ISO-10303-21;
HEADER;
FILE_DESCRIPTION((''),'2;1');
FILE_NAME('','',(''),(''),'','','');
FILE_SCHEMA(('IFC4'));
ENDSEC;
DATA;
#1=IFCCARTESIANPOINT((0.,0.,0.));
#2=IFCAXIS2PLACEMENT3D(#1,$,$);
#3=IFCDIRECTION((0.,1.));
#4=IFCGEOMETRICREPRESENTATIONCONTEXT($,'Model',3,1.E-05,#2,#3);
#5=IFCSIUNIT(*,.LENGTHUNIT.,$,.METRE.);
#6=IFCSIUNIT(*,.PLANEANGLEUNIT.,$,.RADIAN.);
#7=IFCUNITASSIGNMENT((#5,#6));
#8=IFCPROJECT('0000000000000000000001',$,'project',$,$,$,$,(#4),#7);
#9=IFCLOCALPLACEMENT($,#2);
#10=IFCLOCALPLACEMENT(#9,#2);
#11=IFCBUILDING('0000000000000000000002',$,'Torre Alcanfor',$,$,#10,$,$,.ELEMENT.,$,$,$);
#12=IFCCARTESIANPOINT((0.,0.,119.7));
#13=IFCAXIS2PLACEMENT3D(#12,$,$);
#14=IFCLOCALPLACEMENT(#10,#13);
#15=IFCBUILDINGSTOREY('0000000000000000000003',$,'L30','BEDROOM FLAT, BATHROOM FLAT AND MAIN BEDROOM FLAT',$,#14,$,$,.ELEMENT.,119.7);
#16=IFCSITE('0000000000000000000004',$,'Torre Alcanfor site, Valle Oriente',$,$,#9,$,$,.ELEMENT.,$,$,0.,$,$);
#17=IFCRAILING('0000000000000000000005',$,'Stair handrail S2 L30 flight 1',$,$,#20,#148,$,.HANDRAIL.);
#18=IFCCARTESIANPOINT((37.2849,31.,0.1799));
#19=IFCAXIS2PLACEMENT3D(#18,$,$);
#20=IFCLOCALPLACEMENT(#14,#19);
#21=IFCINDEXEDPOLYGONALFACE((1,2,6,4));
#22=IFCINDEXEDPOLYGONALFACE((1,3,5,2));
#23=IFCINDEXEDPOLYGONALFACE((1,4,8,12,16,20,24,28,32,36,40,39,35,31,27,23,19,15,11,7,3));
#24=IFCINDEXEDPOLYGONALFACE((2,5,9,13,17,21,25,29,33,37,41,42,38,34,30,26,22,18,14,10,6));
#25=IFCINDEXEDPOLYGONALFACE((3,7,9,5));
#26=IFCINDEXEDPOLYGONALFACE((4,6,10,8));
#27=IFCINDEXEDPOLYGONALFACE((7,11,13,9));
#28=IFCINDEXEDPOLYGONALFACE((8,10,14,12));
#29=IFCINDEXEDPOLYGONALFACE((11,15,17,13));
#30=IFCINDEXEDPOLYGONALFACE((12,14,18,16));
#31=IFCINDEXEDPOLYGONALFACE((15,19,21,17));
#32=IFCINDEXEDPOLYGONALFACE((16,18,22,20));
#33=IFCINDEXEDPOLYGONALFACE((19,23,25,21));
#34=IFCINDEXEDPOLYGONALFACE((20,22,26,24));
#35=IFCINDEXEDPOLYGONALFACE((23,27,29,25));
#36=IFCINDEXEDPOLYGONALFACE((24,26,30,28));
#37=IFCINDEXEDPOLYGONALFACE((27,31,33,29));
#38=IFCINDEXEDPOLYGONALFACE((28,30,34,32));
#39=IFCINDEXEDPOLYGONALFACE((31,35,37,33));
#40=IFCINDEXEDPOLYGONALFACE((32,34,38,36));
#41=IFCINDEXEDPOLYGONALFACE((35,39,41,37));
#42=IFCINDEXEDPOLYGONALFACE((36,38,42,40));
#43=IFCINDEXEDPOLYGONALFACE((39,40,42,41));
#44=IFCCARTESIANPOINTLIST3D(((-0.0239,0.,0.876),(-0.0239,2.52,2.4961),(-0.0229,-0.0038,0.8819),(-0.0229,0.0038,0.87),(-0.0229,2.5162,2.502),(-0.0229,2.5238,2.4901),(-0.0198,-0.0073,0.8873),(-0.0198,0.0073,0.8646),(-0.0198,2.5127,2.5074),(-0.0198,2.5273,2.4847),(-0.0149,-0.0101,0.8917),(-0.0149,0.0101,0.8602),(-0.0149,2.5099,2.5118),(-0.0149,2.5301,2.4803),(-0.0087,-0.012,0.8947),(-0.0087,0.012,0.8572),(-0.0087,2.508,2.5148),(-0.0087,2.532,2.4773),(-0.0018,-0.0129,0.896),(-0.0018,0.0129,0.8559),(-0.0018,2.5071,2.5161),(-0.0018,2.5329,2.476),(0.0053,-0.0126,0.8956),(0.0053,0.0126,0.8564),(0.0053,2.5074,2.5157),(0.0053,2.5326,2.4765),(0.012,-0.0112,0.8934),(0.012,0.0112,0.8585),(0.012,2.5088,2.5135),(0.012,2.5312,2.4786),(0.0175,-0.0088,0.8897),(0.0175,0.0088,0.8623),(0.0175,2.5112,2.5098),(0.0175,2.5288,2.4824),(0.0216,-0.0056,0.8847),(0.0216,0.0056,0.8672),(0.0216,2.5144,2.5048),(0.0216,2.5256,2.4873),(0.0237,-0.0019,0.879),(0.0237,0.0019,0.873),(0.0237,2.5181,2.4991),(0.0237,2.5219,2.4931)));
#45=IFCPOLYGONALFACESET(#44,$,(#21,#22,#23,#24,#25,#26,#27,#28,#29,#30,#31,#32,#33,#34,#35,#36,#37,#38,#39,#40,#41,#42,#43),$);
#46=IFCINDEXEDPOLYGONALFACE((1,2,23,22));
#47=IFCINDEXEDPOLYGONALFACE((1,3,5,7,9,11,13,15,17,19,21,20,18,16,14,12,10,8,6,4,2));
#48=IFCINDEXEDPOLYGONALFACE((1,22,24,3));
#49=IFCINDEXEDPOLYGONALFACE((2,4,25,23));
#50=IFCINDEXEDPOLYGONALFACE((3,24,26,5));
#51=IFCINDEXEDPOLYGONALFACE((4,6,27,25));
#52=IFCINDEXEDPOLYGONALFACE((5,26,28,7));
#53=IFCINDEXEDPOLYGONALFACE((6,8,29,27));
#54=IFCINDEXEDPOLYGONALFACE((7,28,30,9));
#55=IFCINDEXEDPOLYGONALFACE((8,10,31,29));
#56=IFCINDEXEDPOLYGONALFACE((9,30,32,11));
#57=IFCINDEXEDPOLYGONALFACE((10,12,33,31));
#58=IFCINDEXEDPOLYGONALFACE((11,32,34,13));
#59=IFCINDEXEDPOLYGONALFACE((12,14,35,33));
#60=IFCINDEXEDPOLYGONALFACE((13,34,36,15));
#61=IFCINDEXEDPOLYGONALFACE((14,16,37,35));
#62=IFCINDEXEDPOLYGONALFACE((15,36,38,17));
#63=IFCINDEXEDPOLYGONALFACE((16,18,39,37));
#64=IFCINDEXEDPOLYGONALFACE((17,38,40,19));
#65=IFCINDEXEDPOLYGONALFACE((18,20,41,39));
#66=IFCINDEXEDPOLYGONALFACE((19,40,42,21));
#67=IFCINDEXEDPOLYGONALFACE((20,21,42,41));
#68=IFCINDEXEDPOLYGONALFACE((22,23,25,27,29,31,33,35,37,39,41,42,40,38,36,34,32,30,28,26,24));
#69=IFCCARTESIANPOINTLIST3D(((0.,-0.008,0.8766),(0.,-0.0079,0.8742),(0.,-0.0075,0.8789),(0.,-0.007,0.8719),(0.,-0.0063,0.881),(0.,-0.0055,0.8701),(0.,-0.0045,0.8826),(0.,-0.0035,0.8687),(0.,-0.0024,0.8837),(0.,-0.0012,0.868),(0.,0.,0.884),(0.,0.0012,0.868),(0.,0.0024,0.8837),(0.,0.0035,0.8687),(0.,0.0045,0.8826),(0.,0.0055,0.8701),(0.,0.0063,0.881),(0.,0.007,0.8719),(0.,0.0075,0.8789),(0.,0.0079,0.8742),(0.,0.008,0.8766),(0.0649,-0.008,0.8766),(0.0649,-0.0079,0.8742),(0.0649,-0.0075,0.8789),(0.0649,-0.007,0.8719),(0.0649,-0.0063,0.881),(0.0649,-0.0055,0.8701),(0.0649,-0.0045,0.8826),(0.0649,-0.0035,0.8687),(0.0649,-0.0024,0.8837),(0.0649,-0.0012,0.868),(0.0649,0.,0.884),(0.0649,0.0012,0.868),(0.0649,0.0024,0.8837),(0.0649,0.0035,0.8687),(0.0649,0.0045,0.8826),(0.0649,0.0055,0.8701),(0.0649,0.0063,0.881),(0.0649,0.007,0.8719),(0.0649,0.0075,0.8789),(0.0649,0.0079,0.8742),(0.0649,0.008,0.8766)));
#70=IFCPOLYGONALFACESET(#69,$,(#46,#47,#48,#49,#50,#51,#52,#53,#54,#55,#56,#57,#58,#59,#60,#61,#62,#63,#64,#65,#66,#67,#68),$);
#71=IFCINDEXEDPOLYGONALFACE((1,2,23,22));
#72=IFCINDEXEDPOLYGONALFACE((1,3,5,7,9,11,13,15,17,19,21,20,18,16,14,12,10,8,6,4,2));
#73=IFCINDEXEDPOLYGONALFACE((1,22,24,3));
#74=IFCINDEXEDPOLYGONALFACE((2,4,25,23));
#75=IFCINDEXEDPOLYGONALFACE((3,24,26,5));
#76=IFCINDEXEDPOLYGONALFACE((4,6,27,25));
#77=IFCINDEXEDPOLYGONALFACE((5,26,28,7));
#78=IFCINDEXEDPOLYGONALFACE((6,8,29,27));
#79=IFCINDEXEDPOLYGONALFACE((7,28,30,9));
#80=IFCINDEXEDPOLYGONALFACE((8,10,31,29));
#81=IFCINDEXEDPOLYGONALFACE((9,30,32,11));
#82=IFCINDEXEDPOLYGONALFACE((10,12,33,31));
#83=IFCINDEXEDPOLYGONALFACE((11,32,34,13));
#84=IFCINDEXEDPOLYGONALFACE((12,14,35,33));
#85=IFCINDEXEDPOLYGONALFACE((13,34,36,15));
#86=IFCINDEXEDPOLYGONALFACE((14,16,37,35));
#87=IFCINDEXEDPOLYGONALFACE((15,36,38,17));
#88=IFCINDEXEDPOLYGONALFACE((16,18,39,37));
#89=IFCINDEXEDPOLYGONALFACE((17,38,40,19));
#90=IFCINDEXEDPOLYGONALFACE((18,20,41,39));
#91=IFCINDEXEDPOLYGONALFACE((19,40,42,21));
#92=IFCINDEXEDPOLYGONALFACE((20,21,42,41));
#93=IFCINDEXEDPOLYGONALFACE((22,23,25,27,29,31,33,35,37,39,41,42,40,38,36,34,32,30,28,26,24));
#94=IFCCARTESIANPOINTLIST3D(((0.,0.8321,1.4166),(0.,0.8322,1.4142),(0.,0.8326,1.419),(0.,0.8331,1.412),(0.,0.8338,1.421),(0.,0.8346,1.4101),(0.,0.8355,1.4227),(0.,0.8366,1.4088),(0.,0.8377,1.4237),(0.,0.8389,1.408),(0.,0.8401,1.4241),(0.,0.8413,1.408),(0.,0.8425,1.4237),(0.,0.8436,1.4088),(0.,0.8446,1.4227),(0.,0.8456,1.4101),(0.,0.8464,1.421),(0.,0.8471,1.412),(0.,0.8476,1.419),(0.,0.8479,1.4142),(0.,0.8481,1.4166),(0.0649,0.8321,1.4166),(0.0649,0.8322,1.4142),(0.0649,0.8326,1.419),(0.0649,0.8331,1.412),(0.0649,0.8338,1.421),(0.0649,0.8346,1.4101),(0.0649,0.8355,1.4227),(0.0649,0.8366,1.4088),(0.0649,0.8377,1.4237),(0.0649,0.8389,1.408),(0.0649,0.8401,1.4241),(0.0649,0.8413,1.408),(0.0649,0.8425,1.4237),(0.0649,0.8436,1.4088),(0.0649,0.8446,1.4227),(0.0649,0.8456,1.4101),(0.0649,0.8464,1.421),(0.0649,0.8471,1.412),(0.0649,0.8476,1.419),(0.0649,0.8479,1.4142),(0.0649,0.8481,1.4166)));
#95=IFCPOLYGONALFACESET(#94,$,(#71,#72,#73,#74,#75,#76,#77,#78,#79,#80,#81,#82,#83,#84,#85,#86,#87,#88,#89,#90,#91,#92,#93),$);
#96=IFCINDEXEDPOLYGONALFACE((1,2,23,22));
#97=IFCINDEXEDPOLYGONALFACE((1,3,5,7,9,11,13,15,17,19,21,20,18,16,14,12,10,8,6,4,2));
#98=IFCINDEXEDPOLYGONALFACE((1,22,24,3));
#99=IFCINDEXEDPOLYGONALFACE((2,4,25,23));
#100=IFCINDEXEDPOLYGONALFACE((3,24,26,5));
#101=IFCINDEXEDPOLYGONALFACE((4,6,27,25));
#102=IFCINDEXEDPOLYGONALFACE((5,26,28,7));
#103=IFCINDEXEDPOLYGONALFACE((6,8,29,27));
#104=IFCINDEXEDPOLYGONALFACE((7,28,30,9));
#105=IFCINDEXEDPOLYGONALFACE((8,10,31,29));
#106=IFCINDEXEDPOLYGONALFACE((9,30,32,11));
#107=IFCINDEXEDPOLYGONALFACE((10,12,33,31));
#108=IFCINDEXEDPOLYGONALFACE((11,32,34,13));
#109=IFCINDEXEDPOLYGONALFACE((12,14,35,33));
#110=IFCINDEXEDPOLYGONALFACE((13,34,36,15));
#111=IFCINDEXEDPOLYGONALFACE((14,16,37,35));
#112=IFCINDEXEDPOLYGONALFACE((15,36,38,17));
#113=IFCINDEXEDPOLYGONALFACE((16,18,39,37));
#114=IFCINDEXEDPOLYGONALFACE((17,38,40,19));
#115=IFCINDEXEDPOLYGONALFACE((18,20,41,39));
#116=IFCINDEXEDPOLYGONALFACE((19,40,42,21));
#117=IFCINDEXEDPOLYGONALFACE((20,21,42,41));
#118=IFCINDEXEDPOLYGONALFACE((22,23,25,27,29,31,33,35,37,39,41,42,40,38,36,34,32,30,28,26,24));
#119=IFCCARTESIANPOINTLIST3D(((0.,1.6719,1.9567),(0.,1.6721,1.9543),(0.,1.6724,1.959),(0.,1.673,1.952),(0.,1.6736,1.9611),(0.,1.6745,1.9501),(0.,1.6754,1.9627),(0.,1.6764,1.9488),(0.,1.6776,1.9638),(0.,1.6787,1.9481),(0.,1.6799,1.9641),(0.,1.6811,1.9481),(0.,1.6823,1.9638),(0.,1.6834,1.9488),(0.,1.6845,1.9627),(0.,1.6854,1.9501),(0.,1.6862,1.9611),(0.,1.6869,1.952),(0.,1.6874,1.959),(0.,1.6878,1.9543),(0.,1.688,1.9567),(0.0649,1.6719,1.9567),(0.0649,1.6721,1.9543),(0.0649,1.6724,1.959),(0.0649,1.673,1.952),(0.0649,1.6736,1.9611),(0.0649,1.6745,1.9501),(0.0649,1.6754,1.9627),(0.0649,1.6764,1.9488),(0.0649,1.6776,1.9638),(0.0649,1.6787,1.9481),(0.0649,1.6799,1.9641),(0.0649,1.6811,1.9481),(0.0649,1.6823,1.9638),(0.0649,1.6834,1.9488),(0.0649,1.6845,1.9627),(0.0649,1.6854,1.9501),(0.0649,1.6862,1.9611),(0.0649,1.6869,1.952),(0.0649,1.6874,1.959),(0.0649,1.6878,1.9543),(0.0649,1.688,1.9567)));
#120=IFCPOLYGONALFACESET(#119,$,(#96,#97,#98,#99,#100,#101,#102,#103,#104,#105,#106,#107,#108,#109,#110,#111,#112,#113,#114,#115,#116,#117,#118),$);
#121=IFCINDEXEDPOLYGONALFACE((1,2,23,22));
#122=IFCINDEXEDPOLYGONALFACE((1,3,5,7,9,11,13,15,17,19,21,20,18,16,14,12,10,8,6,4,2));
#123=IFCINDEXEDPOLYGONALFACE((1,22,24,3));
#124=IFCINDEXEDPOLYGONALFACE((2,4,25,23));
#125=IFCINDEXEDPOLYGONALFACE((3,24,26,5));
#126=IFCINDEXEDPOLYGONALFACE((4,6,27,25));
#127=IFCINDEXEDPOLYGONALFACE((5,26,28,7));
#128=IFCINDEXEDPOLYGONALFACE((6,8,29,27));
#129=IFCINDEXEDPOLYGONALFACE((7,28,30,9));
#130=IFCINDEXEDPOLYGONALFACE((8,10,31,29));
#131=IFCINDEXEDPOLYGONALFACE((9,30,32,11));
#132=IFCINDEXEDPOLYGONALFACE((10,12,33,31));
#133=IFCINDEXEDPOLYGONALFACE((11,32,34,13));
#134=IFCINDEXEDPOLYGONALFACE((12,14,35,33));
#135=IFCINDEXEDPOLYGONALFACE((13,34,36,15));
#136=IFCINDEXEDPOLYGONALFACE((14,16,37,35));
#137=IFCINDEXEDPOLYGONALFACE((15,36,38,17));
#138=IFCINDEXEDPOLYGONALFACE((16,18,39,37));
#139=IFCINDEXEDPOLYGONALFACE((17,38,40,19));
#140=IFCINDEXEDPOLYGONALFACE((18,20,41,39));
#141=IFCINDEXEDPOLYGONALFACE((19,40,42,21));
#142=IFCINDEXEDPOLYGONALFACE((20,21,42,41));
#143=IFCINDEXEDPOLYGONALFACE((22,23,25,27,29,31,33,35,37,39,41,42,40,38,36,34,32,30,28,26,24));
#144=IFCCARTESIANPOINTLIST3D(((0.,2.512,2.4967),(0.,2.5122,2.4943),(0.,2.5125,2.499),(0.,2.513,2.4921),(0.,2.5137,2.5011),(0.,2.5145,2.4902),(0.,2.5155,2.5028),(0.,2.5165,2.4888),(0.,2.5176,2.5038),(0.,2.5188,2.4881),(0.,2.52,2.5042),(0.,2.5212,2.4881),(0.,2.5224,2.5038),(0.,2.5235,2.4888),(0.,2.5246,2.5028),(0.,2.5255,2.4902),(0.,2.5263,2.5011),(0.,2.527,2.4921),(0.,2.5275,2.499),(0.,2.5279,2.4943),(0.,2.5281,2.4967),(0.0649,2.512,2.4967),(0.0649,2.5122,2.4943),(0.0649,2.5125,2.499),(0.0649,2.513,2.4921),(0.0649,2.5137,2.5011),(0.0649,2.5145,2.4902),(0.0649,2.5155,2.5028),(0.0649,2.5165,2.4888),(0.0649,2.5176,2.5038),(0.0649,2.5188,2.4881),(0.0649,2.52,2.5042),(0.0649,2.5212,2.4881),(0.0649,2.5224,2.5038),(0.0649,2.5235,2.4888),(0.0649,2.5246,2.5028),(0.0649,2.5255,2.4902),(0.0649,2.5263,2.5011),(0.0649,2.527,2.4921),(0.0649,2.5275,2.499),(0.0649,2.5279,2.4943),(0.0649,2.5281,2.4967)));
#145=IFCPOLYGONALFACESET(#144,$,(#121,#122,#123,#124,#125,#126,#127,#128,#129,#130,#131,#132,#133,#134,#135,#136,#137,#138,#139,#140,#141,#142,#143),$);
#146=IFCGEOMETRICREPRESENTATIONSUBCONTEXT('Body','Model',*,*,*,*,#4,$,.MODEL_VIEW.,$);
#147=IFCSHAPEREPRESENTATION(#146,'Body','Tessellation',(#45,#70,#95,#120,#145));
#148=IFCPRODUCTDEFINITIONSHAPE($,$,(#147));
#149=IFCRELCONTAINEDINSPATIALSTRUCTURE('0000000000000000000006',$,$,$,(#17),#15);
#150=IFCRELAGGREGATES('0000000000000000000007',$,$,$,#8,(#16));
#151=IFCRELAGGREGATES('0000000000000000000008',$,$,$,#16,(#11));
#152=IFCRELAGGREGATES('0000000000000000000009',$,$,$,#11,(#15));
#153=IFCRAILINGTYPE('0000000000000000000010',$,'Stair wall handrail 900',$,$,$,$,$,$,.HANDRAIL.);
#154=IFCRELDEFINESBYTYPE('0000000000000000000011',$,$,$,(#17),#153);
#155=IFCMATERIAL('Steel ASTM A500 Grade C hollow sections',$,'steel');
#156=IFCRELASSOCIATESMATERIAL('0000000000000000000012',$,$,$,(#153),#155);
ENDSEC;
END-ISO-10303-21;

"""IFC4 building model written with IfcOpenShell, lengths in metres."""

from ifc_helpers import new_model, si_unit, direction, frame, origin, origin_2d, place, context, subcontext, project, spatial, circle, extrude, material, type_object, element, save


model = new_model("IFC4")

# Units and contexts
model_context = context("Model", 3, precision=1e-05, world=origin(), true_north=direction((0.0, 1.0)))
body_context = subcontext(model_context, "Body", "Model", "MODEL_VIEW")
ifc_project = project(units=[si_unit("LENGTHUNIT", "METRE"), si_unit("PLANEANGLEUNIT", "RADIAN")], contexts=[model_context])

# Site, building, storey
site_placement = place(None, origin())
site = spatial("IfcSite", under=ifc_project, at=site_placement, Name="Torre Alcanfor site, Valle Oriente", CompositionType="ELEMENT", RefElevation=0.0)
building_placement = place(site_placement, origin())
building = spatial("IfcBuilding", under=site, at=building_placement, Name="Torre Alcanfor", CompositionType="ELEMENT")
storey_placement = place(building_placement, frame((0.0, 0.0, 119.7)))
storey = spatial("IfcBuildingStorey", under=building, at=storey_placement, Name="L30", Description="BEDROOM FLAT, BATHROOM FLAT AND MAIN BEDROOM FLAT", CompositionType="ELEMENT", Elevation=119.7)

# Railing
ifc_material_1 = material(Name="Steel ASTM A500 Grade C hollow sections", Category="steel")
railing_type_1 = type_object("IfcRailingType", Name="Stair wall handrail 900", PredefinedType="HANDRAIL", material=ifc_material_1)
railing_1_placement = place(storey_placement, frame((37.2849, 31.0, 0.1799)))
element("IfcRailing", 1, at=railing_1_placement, inside=storey, type_object=railing_type_1, Name="Stair handrail S2 L30 flight 1", PredefinedType="HANDRAIL", context=body_context, shape_type="SweptSolid", body=[
    extrude(circle(Radius=0.0239, at=origin_2d()), frame((0.0, 0.0, 0.876), z_axis=(0.0, 0.841163, 0.540782), x_axis=(-1.0, 0.0, 0.0)), (0.0, 0.0, 1.0), 2.9958),
    extrude(circle(Radius=0.0081, at=origin_2d()), frame((0.0, 0.0, 0.876), z_axis=(1.0, 0.0, 0.0), x_axis=(0.0, 0.0, 1.0)), (0.0, 0.0, 1.0), 0.0649),
    extrude(circle(Radius=0.0081, at=origin_2d()), frame((0.0, 0.8401, 1.416), z_axis=(1.0, 0.0, 0.0), x_axis=(0.0, 0.0, 1.0)), (0.0, 0.0, 1.0), 0.0649),
    extrude(circle(Radius=0.0081, at=origin_2d()), frame((0.0, 1.6799, 1.9561), z_axis=(1.0, 0.0, 0.0), x_axis=(0.0, 0.0, 1.0)), (0.0, 0.0, 1.0), 0.0649),
    extrude(circle(Radius=0.0081, at=origin_2d()), frame((0.0, 2.52, 2.4961), z_axis=(1.0, 0.0, 0.0), x_axis=(0.0, 0.0, 1.0)), (0.0, 0.0, 1.0), 0.0649),
])

save(model, "model.ifc")
